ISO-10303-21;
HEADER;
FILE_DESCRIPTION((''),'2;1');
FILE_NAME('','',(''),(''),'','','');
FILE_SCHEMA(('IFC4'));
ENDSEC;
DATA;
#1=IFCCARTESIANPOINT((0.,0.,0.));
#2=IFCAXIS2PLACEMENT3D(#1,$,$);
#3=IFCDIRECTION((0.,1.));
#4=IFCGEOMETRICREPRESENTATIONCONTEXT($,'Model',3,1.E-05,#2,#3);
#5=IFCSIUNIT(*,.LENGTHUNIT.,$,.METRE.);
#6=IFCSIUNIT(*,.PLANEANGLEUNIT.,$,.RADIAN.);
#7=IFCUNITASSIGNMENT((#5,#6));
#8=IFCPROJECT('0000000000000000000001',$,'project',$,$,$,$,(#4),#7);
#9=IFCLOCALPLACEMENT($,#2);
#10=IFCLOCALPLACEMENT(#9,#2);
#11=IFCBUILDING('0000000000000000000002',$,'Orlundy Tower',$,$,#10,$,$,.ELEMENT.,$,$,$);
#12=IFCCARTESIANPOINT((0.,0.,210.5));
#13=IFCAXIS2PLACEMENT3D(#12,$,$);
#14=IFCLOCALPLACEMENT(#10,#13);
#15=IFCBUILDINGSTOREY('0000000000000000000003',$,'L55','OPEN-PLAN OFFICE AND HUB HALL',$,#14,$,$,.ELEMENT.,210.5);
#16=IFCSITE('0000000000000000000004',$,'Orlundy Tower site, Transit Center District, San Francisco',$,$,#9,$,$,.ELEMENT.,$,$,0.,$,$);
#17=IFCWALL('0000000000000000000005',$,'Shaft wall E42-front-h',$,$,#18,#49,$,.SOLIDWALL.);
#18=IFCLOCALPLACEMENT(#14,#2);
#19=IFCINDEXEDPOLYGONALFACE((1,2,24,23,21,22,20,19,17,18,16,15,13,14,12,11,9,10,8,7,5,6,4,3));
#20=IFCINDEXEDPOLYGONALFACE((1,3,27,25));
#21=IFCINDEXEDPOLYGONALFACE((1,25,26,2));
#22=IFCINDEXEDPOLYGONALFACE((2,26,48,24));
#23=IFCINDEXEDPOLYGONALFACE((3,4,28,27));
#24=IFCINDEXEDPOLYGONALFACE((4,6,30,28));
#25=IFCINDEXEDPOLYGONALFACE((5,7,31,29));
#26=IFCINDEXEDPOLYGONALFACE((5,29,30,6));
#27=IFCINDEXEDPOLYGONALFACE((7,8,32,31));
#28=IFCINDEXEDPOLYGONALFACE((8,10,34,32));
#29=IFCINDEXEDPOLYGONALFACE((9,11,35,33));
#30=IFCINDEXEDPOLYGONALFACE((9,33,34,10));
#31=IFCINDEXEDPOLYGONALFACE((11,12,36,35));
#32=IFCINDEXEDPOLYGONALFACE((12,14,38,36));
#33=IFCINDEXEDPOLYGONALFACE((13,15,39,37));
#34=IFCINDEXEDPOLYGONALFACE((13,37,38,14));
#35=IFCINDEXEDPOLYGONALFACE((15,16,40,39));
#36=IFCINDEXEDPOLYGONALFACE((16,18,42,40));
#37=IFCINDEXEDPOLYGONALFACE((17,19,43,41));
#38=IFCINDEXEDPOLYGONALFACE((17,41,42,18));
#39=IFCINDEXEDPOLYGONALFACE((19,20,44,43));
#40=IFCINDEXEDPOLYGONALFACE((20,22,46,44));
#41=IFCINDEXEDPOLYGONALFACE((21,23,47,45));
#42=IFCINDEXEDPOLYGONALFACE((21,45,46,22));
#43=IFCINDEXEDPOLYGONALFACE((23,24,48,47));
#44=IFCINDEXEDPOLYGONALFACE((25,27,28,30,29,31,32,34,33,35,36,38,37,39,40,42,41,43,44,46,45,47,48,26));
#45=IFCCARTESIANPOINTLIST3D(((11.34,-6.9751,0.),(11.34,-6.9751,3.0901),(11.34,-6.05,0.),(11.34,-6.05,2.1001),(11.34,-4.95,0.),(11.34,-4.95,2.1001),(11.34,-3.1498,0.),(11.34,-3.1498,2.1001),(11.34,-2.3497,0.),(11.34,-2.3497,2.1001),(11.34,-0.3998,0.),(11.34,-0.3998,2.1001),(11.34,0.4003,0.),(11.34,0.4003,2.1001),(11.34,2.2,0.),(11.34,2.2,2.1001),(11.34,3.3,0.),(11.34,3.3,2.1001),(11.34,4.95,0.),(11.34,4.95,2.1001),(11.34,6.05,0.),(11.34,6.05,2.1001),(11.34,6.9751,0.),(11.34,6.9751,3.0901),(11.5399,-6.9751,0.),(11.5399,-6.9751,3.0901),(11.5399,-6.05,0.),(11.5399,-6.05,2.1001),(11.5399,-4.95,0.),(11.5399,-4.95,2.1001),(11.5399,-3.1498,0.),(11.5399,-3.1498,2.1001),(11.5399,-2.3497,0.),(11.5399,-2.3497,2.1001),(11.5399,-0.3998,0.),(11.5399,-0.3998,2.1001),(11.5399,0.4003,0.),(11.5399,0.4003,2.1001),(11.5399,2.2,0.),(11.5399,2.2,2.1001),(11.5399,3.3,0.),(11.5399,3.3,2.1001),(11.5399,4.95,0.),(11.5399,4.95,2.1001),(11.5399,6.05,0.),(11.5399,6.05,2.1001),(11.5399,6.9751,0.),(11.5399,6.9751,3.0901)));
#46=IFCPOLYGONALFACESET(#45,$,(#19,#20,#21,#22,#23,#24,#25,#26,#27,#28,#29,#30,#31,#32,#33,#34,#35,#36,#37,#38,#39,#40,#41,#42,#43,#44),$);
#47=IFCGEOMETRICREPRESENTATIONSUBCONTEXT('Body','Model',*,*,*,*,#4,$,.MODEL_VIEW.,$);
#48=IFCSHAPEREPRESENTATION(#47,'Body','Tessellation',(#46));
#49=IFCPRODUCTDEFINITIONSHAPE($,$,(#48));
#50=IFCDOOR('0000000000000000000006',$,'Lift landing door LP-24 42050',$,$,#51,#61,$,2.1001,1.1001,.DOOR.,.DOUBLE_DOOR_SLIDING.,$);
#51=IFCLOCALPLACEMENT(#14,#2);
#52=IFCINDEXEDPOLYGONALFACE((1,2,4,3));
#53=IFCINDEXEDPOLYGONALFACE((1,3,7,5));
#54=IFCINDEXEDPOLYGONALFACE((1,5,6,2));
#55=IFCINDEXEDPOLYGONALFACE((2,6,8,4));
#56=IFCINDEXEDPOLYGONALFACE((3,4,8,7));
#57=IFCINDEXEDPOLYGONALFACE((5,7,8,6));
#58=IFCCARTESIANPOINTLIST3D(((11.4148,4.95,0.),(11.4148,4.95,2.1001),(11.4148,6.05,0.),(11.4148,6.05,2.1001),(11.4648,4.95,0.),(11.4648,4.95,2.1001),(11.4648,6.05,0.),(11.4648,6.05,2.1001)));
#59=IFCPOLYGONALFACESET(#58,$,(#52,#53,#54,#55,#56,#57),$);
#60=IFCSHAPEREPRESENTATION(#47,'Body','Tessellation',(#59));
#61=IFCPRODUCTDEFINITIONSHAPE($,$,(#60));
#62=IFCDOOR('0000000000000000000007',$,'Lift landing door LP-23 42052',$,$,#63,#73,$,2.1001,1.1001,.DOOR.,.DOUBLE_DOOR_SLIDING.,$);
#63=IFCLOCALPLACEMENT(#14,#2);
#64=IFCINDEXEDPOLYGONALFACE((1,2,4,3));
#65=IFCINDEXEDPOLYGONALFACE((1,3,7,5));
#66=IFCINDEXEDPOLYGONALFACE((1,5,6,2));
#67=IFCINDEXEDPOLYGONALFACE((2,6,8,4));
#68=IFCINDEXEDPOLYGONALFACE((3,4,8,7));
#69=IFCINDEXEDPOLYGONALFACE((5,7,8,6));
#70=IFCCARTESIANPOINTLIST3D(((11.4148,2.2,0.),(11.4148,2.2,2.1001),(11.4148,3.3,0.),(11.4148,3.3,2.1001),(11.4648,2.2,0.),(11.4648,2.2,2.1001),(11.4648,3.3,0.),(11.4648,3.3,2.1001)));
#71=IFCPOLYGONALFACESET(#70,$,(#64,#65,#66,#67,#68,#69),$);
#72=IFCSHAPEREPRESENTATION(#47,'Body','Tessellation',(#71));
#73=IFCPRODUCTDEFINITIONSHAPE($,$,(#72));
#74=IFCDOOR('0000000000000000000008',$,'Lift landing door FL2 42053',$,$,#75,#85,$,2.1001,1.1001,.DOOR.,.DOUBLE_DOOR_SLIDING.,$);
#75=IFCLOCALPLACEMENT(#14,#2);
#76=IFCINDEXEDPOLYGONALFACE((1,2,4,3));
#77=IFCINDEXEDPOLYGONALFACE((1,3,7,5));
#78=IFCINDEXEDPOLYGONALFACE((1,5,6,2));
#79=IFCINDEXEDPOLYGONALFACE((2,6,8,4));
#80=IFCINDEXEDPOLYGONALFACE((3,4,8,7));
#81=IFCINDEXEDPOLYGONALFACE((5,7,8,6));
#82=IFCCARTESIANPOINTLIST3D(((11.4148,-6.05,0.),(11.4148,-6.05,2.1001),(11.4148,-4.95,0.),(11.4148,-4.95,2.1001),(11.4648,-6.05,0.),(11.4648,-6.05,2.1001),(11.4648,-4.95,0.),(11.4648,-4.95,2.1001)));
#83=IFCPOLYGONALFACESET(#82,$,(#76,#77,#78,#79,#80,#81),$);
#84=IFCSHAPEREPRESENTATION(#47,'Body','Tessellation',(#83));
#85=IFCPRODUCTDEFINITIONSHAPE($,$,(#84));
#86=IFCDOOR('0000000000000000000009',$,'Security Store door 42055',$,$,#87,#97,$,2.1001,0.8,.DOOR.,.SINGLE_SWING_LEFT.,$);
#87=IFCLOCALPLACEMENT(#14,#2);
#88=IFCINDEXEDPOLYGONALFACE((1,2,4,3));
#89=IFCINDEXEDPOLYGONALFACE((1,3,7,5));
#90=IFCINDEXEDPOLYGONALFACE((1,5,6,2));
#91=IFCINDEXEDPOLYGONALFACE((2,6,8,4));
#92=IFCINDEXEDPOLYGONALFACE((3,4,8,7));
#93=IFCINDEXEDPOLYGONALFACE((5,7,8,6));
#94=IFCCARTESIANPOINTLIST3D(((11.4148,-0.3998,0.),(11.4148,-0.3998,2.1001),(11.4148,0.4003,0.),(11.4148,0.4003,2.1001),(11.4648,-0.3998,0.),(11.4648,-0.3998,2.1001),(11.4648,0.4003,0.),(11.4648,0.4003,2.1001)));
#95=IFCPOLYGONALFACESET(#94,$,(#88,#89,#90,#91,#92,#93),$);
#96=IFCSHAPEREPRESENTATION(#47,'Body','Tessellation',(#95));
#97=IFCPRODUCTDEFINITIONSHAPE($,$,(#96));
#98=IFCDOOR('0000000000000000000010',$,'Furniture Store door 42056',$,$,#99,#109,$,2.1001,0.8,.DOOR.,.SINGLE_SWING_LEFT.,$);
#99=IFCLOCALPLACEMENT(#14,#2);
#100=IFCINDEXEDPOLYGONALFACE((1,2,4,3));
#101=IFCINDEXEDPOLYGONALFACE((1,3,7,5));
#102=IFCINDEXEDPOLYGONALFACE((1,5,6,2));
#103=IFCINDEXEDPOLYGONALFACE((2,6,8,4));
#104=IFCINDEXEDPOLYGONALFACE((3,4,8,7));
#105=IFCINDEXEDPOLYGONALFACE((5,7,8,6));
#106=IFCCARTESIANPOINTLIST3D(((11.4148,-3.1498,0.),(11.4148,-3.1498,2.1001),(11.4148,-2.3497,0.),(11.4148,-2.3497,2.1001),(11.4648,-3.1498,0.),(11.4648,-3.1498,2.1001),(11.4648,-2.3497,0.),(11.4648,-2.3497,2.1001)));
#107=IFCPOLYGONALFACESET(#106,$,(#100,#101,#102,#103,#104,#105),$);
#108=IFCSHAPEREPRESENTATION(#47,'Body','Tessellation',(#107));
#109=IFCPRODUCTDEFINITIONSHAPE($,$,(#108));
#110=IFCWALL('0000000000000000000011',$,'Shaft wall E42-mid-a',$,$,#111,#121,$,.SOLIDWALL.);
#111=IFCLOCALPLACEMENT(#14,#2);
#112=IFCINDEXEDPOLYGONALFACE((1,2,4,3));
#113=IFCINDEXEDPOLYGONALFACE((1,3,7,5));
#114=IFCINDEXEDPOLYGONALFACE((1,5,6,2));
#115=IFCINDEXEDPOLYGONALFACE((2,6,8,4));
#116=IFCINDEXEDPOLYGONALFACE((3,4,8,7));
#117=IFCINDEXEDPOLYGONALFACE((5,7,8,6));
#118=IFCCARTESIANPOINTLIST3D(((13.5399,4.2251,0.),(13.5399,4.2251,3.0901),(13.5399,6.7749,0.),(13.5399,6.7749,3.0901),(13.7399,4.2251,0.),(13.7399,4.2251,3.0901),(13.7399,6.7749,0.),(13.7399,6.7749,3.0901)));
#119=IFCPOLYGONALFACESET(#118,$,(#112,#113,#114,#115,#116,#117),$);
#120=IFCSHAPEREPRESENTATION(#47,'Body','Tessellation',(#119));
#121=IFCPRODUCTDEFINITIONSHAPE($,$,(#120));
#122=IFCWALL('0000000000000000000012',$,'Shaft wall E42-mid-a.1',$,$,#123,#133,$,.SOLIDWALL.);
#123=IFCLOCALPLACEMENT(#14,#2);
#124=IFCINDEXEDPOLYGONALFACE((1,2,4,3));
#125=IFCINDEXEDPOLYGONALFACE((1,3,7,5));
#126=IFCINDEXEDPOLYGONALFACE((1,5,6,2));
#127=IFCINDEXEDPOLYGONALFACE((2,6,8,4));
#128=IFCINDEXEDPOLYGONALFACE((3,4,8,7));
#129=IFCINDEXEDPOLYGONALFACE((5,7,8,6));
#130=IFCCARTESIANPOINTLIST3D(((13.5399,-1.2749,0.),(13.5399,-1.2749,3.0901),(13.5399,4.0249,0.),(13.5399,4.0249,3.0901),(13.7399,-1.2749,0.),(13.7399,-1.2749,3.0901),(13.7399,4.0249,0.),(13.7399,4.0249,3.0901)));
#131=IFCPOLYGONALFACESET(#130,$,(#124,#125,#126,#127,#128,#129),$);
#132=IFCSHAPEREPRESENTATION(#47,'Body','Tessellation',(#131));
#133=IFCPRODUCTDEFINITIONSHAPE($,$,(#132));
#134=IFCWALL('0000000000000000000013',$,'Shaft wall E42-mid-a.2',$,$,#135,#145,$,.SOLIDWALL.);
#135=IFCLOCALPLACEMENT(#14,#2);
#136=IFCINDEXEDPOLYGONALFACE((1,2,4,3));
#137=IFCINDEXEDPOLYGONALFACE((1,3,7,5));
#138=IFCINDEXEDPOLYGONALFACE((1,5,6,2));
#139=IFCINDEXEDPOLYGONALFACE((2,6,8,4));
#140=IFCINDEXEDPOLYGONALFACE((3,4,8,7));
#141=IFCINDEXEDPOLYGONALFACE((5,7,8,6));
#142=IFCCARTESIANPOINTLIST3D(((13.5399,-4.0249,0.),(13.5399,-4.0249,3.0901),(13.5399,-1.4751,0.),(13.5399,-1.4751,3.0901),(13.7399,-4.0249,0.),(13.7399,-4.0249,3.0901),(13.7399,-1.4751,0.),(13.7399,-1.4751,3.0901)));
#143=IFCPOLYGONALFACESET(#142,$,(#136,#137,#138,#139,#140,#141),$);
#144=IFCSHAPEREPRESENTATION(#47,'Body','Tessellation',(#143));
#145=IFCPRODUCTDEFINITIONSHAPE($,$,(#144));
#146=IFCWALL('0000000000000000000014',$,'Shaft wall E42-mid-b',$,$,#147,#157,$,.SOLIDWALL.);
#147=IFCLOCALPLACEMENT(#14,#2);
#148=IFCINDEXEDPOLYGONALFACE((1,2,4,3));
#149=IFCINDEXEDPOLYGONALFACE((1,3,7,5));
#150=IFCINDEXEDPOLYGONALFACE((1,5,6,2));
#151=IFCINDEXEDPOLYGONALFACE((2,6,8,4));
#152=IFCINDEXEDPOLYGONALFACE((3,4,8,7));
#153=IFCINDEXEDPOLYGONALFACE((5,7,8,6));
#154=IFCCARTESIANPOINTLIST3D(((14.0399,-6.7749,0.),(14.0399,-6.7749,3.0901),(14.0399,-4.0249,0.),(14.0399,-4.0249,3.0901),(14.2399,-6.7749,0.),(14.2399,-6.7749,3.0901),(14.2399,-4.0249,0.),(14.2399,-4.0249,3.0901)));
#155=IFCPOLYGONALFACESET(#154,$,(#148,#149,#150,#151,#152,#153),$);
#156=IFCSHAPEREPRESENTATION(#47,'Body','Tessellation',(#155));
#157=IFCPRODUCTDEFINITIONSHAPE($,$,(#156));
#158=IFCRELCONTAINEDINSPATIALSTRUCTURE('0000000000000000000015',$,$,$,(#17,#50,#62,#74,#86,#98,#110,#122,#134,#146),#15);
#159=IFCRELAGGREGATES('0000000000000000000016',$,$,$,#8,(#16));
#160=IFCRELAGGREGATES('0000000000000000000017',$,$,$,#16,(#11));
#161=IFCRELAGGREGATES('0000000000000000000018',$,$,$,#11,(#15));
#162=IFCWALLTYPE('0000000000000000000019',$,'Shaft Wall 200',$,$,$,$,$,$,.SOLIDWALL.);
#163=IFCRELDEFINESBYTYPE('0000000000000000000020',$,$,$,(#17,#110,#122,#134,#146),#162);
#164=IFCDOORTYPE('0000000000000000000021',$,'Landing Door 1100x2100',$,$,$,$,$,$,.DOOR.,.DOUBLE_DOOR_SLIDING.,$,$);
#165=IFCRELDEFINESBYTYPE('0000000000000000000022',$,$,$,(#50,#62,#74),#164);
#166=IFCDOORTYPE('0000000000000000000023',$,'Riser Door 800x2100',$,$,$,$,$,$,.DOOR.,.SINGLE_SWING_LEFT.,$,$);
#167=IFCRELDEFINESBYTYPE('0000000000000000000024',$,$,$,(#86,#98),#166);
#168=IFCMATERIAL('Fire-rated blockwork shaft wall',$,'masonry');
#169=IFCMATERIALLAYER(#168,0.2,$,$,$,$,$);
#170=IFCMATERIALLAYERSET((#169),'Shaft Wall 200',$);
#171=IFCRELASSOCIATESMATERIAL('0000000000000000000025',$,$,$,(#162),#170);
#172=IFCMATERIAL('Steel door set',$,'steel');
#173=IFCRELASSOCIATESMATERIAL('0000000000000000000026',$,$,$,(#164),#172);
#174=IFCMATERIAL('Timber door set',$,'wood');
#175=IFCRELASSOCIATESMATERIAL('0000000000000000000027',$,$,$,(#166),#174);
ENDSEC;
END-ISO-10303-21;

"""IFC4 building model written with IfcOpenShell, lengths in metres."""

from ifc_helpers import new_model, si_unit, direction, frame, frame_2d, origin, place, context, subcontext, project, spatial, rectangle, extrude, material, layer, layer_set, type_object, element, fill, save


model = new_model("IFC4")

# Units and contexts
model_context = context("Model", 3, precision=1e-05, world=origin(), true_north=direction((0.0, 1.0)))
body_context = subcontext(model_context, "Body", "Model", "MODEL_VIEW")
ifc_project = project(units=[si_unit("LENGTHUNIT", "METRE"), si_unit("PLANEANGLEUNIT", "RADIAN")], contexts=[model_context])

# Site, building, storey
site_placement = place(None, origin())
site = spatial("IfcSite", under=ifc_project, at=site_placement, Name="Orlundy Tower site, Transit Center District, San Francisco", CompositionType="ELEMENT", RefElevation=0.0)
building_placement = place(site_placement, origin())
building = spatial("IfcBuilding", under=site, at=building_placement, Name="Orlundy Tower", CompositionType="ELEMENT")
storey_placement = place(building_placement, frame((0.0, 0.0, 210.5)))
storey = spatial("IfcBuildingStorey", under=building, at=storey_placement, Name="L55", Description="OPEN-PLAN OFFICE AND HUB HALL", CompositionType="ELEMENT", Elevation=210.5)

# Shared definitions
ifc_material_1 = material(Name="Fire-rated blockwork shaft wall", Category="masonry")
ifc_layer_1 = layer(ifc_material_1, 0.2)
ifc_layer_set_1 = layer_set([ifc_layer_1], Name="Shaft Wall 200")
wall_type_1 = type_object("IfcWallType", Name="Shaft Wall 200", PredefinedType="SOLIDWALL", material=ifc_layer_set_1)

# Wall, openings, doors
wall_1_placement = place(storey_placement, frame((11.4399, 6.9751, 0.0), z_axis=(0.0, 0.0, 1.0), x_axis=(0.0, -1.0, 0.0)))
wall_1 = element("IfcWall", 1, at=wall_1_placement, inside=storey, type_object=wall_type_1, Name="Shaft wall E42-front-h", PredefinedType="SOLIDWALL", context=body_context, shape_type="SweptSolid", body=[
    extrude(rectangle(XDim=13.9502, YDim=0.2, at=frame_2d((6.9751, 0.0))), origin(), (0.0, 0.0, 1.0), 3.0901),
])
opening_1_placement = place(wall_1_placement, frame((0.925, 0.0, 0.0)))
opening_1 = element("IfcOpeningElement", 2, at=opening_1_placement, cuts=wall_1, PredefinedType="OPENING", context=body_context, shape_type="SweptSolid", body=[
    extrude(rectangle(XDim=1.1001, YDim=2.1001, at=frame_2d((0.55, 1.05))), frame((0.0, 0.1101, 0.0), z_axis=(0.0, -1.0, 0.0), x_axis=(1.0, 0.0, 0.0)), (0.0, 0.0, 1.0), 0.2202),
])
opening_2_placement = place(wall_1_placement, frame((3.675, 0.0, 0.0)))
opening_2 = element("IfcOpeningElement", 3, at=opening_2_placement, cuts=wall_1, PredefinedType="OPENING", context=body_context, shape_type="SweptSolid", body=[
    extrude(rectangle(XDim=1.1001, YDim=2.1001, at=frame_2d((0.55, 1.05))), frame((0.0, 0.1101, 0.0), z_axis=(0.0, -1.0, 0.0), x_axis=(1.0, 0.0, 0.0)), (0.0, 0.0, 1.0), 0.2202),
])
opening_3_placement = place(wall_1_placement, frame((11.925, 0.0, 0.0)))
opening_3 = element("IfcOpeningElement", 4, at=opening_3_placement, cuts=wall_1, PredefinedType="OPENING", context=body_context, shape_type="SweptSolid", body=[
    extrude(rectangle(XDim=1.1001, YDim=2.1001, at=frame_2d((0.55, 1.05))), frame((0.0, 0.1101, 0.0), z_axis=(0.0, -1.0, 0.0), x_axis=(1.0, 0.0, 0.0)), (0.0, 0.0, 1.0), 0.2202),
])
opening_4_placement = place(wall_1_placement, frame((6.575, 0.0, 0.0)))
opening_4 = element("IfcOpeningElement", 5, at=opening_4_placement, cuts=wall_1, PredefinedType="OPENING", context=body_context, shape_type="SweptSolid", body=[
    extrude(rectangle(XDim=0.8, YDim=2.1001, at=frame_2d((0.3999, 1.05))), frame((0.0, 0.1101, 0.0), z_axis=(0.0, -1.0, 0.0), x_axis=(1.0, 0.0, 0.0)), (0.0, 0.0, 1.0), 0.2202),
])
opening_5_placement = place(wall_1_placement, frame((9.325, 0.0, 0.0)))
opening_5 = element("IfcOpeningElement", 6, at=opening_5_placement, cuts=wall_1, PredefinedType="OPENING", context=body_context, shape_type="SweptSolid", body=[
    extrude(rectangle(XDim=0.8, YDim=2.1001, at=frame_2d((0.3999, 1.05))), frame((0.0, 0.1101, 0.0), z_axis=(0.0, -1.0, 0.0), x_axis=(1.0, 0.0, 0.0)), (0.0, 0.0, 1.0), 0.2202),
])
ifc_material_2 = material(Name="Steel door set", Category="steel")
door_type_1 = type_object("IfcDoorType", Name="Landing Door 1100x2100", OperationType="DOUBLE_DOOR_SLIDING", PredefinedType="DOOR", material=ifc_material_2)
door_1_placement = place(opening_1_placement, origin())
door_1 = element("IfcDoor", 7, at=door_1_placement, inside=storey, type_object=door_type_1, Name="Lift landing door LP-24 42050", OperationType="DOUBLE_DOOR_SLIDING", OverallHeight=2.1001, OverallWidth=1.1001, PredefinedType="DOOR", context=body_context, shape_type="SweptSolid", body=[
    extrude(rectangle(XDim=1.1001, YDim=2.1001, at=frame_2d((0.55, 1.05))), frame((0.0, 0.0249, 0.0), z_axis=(0.0, -1.0, 0.0), x_axis=(1.0, 0.0, 0.0)), (0.0, 0.0, 1.0), 0.05),
])
fill(opening_1, door_1)
door_2_placement = place(opening_2_placement, origin())
door_2 = element("IfcDoor", 8, at=door_2_placement, inside=storey, type_object=door_type_1, Name="Lift landing door LP-23 42052", OperationType="DOUBLE_DOOR_SLIDING", OverallHeight=2.1001, OverallWidth=1.1001, PredefinedType="DOOR", context=body_context, shape_type="SweptSolid", body=[
    extrude(rectangle(XDim=1.1001, YDim=2.1001, at=frame_2d((0.55, 1.05))), frame((0.0, 0.0249, 0.0), z_axis=(0.0, -1.0, 0.0), x_axis=(1.0, 0.0, 0.0)), (0.0, 0.0, 1.0), 0.05),
])
fill(opening_2, door_2)
door_3_placement = place(opening_3_placement, origin())
door_3 = element("IfcDoor", 9, at=door_3_placement, inside=storey, type_object=door_type_1, Name="Lift landing door FL2 42053", OperationType="DOUBLE_DOOR_SLIDING", OverallHeight=2.1001, OverallWidth=1.1001, PredefinedType="DOOR", context=body_context, shape_type="SweptSolid", body=[
    extrude(rectangle(XDim=1.1001, YDim=2.1001, at=frame_2d((0.55, 1.05))), frame((0.0, 0.0249, 0.0), z_axis=(0.0, -1.0, 0.0), x_axis=(1.0, 0.0, 0.0)), (0.0, 0.0, 1.0), 0.05),
])
fill(opening_3, door_3)
ifc_material_3 = material(Name="Timber door set", Category="wood")
door_type_2 = type_object("IfcDoorType", Name="Riser Door 800x2100", OperationType="SINGLE_SWING_LEFT", PredefinedType="DOOR", material=ifc_material_3)
door_4_placement = place(opening_4_placement, origin())
door_4 = element("IfcDoor", 10, at=door_4_placement, inside=storey, type_object=door_type_2, Name="Security Store door 42055", OperationType="SINGLE_SWING_LEFT", OverallHeight=2.1001, OverallWidth=0.8, PredefinedType="DOOR", context=body_context, shape_type="SweptSolid", body=[
    extrude(rectangle(XDim=0.8, YDim=2.1001, at=frame_2d((0.3999, 1.05))), frame((0.0, 0.0249, 0.0), z_axis=(0.0, -1.0, 0.0), x_axis=(1.0, 0.0, 0.0)), (0.0, 0.0, 1.0), 0.05),
])
fill(opening_4, door_4)
door_5_placement = place(opening_5_placement, origin())
door_5 = element("IfcDoor", 11, at=door_5_placement, inside=storey, type_object=door_type_2, Name="Furniture Store door 42056", OperationType="SINGLE_SWING_LEFT", OverallHeight=2.1001, OverallWidth=0.8, PredefinedType="DOOR", context=body_context, shape_type="SweptSolid", body=[
    extrude(rectangle(XDim=0.8, YDim=2.1001, at=frame_2d((0.3999, 1.05))), frame((0.0, 0.0249, 0.0), z_axis=(0.0, -1.0, 0.0), x_axis=(1.0, 0.0, 0.0)), (0.0, 0.0, 1.0), 0.05),
])
fill(opening_5, door_5)

# Walls
wall_2_placement = place(storey_placement, frame((13.6399, 6.7749, 0.0), z_axis=(0.0, 0.0, 1.0), x_axis=(0.0, -1.0, 0.0)))
element("IfcWall", 12, at=wall_2_placement, inside=storey, type_object=wall_type_1, Name="Shaft wall E42-mid-a", PredefinedType="SOLIDWALL", context=body_context, shape_type="SweptSolid", body=[
    extrude(rectangle(XDim=2.5498, YDim=0.2, at=frame_2d((1.2749, 0.0))), origin(), (0.0, 0.0, 1.0), 3.0901),
])
wall_3_placement = place(storey_placement, frame((13.6399, 4.0249, 0.0), z_axis=(0.0, 0.0, 1.0), x_axis=(0.0, -1.0, 0.0)))
element("IfcWall", 13, at=wall_3_placement, inside=storey, type_object=wall_type_1, Name="Shaft wall E42-mid-a.1", PredefinedType="SOLIDWALL", context=body_context, shape_type="SweptSolid", body=[
    extrude(rectangle(XDim=5.2998, YDim=0.2, at=frame_2d((2.6499, 0.0))), origin(), (0.0, 0.0, 1.0), 3.0901),
])
wall_4_placement = place(storey_placement, frame((13.6399, -1.4751, 0.0), z_axis=(0.0, 0.0, 1.0), x_axis=(0.0, -1.0, 0.0)))
element("IfcWall", 14, at=wall_4_placement, inside=storey, type_object=wall_type_1, Name="Shaft wall E42-mid-a.2", PredefinedType="SOLIDWALL", context=body_context, shape_type="SweptSolid", body=[
    extrude(rectangle(XDim=2.5498, YDim=0.2, at=frame_2d((1.2749, 0.0))), origin(), (0.0, 0.0, 1.0), 3.0901),
])
wall_5_placement = place(storey_placement, frame((14.1399, -4.0249, 0.0), z_axis=(0.0, 0.0, 1.0), x_axis=(0.0, -1.0, 0.0)))
element("IfcWall", 15, at=wall_5_placement, inside=storey, type_object=wall_type_1, Name="Shaft wall E42-mid-b", PredefinedType="SOLIDWALL", context=body_context, shape_type="SweptSolid", body=[
    extrude(rectangle(XDim=2.75, YDim=0.2, at=frame_2d((1.375, 0.0))), origin(), (0.0, 0.0, 1.0), 3.0901),
])

save(model, "model.ifc")
